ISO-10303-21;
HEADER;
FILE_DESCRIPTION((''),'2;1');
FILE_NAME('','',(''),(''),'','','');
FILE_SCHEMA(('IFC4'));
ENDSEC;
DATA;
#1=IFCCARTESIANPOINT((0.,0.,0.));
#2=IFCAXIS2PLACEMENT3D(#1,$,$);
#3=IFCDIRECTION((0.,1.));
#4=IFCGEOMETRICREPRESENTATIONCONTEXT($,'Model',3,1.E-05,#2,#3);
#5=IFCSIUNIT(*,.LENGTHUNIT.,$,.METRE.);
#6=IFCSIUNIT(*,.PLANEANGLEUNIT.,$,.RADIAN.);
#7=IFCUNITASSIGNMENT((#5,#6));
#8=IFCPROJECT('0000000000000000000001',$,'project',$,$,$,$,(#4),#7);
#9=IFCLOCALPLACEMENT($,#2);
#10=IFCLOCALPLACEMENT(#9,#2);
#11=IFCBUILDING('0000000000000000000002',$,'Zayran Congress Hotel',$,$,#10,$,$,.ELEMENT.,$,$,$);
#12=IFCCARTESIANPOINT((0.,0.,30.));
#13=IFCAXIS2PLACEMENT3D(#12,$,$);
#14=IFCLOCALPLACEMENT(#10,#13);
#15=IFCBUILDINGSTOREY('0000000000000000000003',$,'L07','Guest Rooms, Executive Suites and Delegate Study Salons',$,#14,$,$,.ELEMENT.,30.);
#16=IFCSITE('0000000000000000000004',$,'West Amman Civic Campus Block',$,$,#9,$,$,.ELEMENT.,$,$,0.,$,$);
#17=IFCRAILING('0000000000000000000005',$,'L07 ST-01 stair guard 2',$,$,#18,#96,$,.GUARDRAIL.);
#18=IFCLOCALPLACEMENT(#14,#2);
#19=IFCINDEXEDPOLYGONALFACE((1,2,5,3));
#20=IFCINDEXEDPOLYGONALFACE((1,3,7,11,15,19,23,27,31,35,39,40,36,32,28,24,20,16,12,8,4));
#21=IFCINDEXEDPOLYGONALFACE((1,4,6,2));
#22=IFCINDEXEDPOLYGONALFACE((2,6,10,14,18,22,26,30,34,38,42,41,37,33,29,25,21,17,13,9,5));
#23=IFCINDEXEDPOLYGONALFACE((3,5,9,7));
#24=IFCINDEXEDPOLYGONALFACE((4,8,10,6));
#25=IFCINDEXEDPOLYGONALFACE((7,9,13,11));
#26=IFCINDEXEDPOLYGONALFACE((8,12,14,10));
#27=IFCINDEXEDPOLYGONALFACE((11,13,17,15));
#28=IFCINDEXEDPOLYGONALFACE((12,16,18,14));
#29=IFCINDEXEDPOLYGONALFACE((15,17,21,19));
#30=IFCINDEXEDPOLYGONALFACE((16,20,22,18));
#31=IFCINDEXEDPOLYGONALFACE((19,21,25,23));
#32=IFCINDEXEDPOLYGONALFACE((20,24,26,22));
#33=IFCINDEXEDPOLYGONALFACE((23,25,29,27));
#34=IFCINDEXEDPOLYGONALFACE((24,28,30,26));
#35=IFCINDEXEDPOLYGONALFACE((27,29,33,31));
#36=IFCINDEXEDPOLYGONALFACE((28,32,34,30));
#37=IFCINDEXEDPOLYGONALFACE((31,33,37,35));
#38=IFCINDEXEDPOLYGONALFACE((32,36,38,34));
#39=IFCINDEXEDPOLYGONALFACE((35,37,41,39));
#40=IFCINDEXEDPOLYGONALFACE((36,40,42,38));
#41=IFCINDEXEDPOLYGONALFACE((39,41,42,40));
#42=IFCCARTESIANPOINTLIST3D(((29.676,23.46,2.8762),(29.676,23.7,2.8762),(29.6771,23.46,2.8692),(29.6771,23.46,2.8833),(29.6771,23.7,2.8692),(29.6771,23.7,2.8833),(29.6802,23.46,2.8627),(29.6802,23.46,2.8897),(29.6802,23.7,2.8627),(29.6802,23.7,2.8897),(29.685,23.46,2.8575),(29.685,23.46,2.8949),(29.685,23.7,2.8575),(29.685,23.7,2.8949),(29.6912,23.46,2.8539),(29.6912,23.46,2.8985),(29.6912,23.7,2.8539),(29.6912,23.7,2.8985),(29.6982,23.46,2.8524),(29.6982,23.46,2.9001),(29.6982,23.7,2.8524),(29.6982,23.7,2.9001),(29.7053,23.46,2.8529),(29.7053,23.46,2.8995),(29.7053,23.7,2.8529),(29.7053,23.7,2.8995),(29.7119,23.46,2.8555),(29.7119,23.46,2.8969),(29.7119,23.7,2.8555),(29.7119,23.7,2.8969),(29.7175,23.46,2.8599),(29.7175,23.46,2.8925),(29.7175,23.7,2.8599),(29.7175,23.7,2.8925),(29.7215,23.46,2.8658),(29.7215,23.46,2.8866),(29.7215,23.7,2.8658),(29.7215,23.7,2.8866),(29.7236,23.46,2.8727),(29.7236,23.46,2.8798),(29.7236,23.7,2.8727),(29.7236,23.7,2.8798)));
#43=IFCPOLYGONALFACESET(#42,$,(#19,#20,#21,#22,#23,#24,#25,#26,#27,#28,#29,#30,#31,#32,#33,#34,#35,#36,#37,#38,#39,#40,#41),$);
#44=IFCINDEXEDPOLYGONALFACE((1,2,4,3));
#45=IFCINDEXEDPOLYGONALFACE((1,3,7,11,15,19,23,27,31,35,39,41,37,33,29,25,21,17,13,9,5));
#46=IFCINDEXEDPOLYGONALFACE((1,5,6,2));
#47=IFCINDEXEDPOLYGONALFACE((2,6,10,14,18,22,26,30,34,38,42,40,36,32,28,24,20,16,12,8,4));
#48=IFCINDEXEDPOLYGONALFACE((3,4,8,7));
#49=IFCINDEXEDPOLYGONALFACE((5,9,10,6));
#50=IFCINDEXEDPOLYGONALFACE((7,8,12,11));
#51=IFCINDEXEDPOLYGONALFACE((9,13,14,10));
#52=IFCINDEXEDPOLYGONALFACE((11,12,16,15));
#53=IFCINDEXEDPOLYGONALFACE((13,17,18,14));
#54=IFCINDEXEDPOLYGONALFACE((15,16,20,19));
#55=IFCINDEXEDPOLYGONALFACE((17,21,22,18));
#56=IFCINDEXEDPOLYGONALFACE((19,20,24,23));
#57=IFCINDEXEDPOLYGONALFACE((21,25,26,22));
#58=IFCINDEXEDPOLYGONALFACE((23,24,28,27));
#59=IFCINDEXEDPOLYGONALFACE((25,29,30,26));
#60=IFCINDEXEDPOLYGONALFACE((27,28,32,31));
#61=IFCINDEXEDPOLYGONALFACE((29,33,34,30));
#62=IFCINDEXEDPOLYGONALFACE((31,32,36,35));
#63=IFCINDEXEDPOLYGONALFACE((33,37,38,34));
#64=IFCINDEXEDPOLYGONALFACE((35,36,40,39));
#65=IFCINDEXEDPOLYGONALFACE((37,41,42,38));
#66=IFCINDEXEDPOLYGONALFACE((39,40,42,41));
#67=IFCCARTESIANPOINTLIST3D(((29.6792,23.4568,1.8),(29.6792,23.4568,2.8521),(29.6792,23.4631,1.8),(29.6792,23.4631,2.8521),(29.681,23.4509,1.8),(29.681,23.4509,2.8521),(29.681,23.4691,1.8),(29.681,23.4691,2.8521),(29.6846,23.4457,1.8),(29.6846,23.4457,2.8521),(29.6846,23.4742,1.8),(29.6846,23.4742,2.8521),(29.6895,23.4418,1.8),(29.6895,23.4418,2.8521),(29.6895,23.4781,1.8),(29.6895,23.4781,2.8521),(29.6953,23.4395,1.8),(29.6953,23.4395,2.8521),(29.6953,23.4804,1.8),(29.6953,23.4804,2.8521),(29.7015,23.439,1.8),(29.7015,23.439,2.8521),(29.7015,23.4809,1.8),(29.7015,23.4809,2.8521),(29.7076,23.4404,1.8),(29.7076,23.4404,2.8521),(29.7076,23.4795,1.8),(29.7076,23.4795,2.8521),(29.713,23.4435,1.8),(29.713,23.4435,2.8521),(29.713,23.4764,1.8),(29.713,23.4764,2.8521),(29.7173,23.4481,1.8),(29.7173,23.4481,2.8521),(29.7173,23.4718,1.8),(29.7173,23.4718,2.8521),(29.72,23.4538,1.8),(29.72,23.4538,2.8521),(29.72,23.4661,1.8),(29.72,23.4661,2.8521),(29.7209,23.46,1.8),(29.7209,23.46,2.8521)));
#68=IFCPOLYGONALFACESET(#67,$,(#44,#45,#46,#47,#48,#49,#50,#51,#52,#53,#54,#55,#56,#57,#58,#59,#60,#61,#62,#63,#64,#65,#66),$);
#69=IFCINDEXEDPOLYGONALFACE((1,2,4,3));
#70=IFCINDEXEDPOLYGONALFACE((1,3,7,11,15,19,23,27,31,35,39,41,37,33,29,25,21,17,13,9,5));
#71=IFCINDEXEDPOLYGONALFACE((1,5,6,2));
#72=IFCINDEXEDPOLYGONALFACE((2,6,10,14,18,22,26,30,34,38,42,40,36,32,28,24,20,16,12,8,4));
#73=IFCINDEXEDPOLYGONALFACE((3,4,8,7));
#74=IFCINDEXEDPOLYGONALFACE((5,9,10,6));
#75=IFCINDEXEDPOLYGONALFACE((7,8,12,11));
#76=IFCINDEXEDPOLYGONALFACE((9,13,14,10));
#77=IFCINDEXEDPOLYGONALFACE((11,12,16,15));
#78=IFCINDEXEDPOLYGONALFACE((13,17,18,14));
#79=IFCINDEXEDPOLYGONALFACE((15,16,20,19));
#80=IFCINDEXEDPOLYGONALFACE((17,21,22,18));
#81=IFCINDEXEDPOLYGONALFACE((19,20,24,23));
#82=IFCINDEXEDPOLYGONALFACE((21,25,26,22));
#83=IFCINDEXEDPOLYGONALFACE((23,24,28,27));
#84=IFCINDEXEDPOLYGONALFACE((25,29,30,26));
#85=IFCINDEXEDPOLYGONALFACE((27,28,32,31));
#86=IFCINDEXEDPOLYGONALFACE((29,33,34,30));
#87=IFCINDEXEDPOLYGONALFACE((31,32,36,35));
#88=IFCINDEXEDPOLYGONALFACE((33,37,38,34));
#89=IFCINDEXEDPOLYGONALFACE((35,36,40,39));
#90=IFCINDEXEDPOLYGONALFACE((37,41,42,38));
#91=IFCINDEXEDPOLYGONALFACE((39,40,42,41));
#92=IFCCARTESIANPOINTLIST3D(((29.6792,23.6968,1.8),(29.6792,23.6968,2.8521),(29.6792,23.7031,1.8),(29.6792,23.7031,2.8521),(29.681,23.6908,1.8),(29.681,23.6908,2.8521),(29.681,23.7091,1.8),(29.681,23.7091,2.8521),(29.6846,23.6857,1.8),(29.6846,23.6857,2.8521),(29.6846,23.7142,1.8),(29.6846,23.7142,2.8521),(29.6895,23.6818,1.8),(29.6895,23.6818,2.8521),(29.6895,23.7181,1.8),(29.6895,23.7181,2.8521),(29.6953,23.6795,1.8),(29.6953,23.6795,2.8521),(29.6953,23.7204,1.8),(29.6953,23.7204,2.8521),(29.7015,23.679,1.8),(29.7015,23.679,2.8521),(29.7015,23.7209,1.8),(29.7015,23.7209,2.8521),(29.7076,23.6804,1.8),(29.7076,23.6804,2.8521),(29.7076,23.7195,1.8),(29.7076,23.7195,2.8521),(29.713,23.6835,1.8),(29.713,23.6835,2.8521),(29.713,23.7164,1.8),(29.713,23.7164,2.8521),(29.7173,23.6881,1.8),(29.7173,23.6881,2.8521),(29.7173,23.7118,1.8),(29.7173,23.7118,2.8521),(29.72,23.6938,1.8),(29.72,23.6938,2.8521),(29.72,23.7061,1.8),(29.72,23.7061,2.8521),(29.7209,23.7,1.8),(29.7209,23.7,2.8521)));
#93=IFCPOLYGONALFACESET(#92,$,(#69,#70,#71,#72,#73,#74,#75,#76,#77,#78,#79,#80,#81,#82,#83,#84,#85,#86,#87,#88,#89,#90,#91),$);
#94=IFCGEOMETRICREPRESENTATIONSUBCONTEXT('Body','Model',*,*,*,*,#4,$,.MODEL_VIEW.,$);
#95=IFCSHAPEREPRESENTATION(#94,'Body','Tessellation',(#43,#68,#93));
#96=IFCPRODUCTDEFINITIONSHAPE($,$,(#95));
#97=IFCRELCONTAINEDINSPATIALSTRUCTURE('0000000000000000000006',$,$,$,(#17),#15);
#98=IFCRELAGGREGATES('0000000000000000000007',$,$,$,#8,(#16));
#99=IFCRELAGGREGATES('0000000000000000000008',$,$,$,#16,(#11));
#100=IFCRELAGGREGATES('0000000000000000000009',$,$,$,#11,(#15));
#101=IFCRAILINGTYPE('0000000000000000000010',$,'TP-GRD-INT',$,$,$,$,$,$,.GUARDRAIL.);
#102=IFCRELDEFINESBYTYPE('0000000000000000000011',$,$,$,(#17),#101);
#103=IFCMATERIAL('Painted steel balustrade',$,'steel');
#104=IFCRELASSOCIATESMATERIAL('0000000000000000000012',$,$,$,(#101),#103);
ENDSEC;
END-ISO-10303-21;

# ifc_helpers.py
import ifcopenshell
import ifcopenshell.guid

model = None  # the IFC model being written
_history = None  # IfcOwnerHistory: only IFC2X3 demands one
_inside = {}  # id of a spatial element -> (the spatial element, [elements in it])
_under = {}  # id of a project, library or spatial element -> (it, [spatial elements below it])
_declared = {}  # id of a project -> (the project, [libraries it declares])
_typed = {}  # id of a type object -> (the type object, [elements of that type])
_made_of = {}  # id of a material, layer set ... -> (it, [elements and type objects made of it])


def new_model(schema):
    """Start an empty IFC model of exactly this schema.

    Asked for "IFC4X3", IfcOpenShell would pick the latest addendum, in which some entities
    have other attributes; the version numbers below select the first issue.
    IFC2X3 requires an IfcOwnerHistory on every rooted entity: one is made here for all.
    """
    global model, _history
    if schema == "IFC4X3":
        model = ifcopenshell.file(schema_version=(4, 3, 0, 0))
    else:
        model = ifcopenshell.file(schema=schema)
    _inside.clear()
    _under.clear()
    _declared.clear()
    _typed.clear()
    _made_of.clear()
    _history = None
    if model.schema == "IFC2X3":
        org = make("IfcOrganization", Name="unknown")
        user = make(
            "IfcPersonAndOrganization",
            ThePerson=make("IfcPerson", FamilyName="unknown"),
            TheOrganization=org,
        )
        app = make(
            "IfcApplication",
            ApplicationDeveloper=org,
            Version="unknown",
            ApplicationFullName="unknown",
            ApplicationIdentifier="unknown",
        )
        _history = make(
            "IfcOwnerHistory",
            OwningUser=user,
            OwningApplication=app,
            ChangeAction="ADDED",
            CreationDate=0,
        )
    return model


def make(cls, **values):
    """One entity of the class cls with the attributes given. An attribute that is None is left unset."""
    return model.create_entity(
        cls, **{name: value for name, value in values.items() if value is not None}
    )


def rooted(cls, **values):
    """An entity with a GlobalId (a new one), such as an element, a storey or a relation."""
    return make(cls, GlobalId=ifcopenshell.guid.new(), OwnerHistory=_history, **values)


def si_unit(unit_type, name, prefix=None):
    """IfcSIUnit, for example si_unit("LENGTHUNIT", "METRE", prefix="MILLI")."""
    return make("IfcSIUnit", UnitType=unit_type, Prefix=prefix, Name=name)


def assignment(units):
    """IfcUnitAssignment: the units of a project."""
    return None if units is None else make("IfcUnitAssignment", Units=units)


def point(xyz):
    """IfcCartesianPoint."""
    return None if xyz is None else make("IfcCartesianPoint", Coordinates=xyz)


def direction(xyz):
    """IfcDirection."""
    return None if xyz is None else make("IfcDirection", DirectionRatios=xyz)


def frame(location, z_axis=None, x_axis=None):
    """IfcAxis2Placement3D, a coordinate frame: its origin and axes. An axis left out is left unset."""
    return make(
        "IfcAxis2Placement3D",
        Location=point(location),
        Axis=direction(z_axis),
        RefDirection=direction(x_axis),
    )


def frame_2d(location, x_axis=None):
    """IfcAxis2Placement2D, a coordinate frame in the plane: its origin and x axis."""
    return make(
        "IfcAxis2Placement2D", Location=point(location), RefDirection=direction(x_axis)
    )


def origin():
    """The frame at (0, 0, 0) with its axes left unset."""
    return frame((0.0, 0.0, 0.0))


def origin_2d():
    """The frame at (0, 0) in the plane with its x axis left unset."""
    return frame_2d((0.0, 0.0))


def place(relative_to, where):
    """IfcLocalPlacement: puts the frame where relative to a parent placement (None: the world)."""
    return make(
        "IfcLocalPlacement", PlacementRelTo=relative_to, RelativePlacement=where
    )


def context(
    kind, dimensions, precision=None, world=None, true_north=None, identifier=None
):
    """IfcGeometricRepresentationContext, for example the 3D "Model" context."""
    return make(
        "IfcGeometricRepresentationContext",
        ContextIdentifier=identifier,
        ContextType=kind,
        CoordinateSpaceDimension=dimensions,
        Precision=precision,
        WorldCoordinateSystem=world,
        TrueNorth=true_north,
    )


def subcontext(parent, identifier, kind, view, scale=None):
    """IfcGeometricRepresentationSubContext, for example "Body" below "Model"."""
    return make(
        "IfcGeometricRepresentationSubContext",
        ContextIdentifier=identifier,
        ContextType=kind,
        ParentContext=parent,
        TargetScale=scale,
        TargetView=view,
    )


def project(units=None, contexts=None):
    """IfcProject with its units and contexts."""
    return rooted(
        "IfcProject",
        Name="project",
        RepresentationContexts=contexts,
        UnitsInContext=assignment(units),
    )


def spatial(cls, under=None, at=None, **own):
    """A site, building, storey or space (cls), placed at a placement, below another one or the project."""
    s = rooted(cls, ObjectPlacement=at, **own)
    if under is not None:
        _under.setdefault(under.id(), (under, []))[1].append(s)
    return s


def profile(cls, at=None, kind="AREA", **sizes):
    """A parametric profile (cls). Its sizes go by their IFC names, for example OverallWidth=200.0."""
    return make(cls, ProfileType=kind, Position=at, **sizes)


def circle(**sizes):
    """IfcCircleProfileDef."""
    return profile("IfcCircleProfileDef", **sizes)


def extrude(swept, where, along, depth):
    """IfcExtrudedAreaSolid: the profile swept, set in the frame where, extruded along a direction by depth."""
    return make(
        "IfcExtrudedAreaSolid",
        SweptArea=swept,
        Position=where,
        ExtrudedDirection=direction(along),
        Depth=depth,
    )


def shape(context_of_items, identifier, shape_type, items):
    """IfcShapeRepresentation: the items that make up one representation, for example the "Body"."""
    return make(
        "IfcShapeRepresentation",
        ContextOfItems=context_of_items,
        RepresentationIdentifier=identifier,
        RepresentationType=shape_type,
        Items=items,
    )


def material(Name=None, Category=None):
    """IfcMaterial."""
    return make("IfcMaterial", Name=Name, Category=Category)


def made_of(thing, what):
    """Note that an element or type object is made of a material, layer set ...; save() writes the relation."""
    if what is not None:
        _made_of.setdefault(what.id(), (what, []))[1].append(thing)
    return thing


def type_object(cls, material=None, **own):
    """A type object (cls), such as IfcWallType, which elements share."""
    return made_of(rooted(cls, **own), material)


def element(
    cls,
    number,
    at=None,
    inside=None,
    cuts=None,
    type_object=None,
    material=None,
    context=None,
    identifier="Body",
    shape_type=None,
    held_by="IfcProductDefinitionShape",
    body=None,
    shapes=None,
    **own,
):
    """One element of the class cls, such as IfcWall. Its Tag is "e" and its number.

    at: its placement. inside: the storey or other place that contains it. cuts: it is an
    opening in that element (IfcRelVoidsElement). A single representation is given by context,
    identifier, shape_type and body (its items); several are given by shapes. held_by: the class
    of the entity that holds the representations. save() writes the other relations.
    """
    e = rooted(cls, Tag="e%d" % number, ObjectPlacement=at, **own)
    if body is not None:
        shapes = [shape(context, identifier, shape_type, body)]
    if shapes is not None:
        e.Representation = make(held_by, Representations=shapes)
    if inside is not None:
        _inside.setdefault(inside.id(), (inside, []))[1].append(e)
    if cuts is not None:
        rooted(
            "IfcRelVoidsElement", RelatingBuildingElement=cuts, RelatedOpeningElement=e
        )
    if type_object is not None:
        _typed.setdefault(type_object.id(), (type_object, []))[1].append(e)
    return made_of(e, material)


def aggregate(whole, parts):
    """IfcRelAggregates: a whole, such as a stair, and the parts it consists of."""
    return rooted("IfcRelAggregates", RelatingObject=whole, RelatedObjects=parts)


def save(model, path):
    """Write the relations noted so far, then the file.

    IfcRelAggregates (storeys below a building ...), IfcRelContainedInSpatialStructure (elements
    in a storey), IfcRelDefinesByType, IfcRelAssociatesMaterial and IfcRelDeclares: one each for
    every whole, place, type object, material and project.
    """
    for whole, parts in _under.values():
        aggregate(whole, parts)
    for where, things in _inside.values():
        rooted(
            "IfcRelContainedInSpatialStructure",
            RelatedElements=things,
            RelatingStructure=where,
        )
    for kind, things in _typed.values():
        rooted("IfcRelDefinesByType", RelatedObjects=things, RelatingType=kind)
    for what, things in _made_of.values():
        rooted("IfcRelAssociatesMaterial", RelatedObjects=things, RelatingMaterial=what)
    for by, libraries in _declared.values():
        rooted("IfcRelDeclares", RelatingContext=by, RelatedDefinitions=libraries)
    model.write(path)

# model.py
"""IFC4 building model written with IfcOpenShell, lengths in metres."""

from ifc_helpers import new_model, si_unit, direction, frame, origin, origin_2d, place, context, subcontext, project, spatial, circle, extrude, material, type_object, element, save


model = new_model("IFC4")

# Units and contexts
model_context = context("Model", 3, precision=1e-05, world=origin(), true_north=direction((0.0, 1.0)))
body_context = subcontext(model_context, "Body", "Model", "MODEL_VIEW")
ifc_project = project(units=[si_unit("LENGTHUNIT", "METRE"), si_unit("PLANEANGLEUNIT", "RADIAN")], contexts=[model_context])

# Site, building, storey
site_placement = place(None, origin())
site = spatial("IfcSite", under=ifc_project, at=site_placement, Name="West Amman Civic Campus Block", CompositionType="ELEMENT", RefElevation=0.0)
building_placement = place(site_placement, origin())
building = spatial("IfcBuilding", under=site, at=building_placement, Name="Zayran Congress Hotel", CompositionType="ELEMENT")
storey_placement = place(building_placement, frame((0.0, 0.0, 30.0)))
storey = spatial("IfcBuildingStorey", under=building, at=storey_placement, Name="L07", Description="Guest Rooms, Executive Suites and Delegate Study Salons", CompositionType="ELEMENT", Elevation=30.0)

# Railing
ifc_material_1 = material(Name="Painted steel balustrade", Category="steel")
railing_type_1 = type_object("IfcRailingType", Name="TP-GRD-INT", PredefinedType="GUARDRAIL", material=ifc_material_1)
railing_1_placement = place(storey_placement, frame((29.7, 23.46, 1.8)))
element("IfcRailing", 1, at=railing_1_placement, inside=storey, type_object=railing_type_1, Name="L07 ST-01 stair guard 2", PredefinedType="GUARDRAIL", context=body_context, shape_type="SweptSolid", body=[
    extrude(circle(Radius=0.0239, at=origin_2d()), frame((0.0, 0.0, 1.0762), z_axis=(0.0, 1.0, 0.0), x_axis=(-1.0, 0.0, 0.0)), (0.0, 0.0, 1.0), 0.24),
    extrude(circle(Radius=0.021, at=origin_2d()), origin(), (0.0, 0.0, 1.0), 1.052),
    extrude(circle(Radius=0.021, at=origin_2d()), frame((0.0, 0.24, 0.0)), (0.0, 0.0, 1.0), 1.052),
])

save(model, "model.ifc")
